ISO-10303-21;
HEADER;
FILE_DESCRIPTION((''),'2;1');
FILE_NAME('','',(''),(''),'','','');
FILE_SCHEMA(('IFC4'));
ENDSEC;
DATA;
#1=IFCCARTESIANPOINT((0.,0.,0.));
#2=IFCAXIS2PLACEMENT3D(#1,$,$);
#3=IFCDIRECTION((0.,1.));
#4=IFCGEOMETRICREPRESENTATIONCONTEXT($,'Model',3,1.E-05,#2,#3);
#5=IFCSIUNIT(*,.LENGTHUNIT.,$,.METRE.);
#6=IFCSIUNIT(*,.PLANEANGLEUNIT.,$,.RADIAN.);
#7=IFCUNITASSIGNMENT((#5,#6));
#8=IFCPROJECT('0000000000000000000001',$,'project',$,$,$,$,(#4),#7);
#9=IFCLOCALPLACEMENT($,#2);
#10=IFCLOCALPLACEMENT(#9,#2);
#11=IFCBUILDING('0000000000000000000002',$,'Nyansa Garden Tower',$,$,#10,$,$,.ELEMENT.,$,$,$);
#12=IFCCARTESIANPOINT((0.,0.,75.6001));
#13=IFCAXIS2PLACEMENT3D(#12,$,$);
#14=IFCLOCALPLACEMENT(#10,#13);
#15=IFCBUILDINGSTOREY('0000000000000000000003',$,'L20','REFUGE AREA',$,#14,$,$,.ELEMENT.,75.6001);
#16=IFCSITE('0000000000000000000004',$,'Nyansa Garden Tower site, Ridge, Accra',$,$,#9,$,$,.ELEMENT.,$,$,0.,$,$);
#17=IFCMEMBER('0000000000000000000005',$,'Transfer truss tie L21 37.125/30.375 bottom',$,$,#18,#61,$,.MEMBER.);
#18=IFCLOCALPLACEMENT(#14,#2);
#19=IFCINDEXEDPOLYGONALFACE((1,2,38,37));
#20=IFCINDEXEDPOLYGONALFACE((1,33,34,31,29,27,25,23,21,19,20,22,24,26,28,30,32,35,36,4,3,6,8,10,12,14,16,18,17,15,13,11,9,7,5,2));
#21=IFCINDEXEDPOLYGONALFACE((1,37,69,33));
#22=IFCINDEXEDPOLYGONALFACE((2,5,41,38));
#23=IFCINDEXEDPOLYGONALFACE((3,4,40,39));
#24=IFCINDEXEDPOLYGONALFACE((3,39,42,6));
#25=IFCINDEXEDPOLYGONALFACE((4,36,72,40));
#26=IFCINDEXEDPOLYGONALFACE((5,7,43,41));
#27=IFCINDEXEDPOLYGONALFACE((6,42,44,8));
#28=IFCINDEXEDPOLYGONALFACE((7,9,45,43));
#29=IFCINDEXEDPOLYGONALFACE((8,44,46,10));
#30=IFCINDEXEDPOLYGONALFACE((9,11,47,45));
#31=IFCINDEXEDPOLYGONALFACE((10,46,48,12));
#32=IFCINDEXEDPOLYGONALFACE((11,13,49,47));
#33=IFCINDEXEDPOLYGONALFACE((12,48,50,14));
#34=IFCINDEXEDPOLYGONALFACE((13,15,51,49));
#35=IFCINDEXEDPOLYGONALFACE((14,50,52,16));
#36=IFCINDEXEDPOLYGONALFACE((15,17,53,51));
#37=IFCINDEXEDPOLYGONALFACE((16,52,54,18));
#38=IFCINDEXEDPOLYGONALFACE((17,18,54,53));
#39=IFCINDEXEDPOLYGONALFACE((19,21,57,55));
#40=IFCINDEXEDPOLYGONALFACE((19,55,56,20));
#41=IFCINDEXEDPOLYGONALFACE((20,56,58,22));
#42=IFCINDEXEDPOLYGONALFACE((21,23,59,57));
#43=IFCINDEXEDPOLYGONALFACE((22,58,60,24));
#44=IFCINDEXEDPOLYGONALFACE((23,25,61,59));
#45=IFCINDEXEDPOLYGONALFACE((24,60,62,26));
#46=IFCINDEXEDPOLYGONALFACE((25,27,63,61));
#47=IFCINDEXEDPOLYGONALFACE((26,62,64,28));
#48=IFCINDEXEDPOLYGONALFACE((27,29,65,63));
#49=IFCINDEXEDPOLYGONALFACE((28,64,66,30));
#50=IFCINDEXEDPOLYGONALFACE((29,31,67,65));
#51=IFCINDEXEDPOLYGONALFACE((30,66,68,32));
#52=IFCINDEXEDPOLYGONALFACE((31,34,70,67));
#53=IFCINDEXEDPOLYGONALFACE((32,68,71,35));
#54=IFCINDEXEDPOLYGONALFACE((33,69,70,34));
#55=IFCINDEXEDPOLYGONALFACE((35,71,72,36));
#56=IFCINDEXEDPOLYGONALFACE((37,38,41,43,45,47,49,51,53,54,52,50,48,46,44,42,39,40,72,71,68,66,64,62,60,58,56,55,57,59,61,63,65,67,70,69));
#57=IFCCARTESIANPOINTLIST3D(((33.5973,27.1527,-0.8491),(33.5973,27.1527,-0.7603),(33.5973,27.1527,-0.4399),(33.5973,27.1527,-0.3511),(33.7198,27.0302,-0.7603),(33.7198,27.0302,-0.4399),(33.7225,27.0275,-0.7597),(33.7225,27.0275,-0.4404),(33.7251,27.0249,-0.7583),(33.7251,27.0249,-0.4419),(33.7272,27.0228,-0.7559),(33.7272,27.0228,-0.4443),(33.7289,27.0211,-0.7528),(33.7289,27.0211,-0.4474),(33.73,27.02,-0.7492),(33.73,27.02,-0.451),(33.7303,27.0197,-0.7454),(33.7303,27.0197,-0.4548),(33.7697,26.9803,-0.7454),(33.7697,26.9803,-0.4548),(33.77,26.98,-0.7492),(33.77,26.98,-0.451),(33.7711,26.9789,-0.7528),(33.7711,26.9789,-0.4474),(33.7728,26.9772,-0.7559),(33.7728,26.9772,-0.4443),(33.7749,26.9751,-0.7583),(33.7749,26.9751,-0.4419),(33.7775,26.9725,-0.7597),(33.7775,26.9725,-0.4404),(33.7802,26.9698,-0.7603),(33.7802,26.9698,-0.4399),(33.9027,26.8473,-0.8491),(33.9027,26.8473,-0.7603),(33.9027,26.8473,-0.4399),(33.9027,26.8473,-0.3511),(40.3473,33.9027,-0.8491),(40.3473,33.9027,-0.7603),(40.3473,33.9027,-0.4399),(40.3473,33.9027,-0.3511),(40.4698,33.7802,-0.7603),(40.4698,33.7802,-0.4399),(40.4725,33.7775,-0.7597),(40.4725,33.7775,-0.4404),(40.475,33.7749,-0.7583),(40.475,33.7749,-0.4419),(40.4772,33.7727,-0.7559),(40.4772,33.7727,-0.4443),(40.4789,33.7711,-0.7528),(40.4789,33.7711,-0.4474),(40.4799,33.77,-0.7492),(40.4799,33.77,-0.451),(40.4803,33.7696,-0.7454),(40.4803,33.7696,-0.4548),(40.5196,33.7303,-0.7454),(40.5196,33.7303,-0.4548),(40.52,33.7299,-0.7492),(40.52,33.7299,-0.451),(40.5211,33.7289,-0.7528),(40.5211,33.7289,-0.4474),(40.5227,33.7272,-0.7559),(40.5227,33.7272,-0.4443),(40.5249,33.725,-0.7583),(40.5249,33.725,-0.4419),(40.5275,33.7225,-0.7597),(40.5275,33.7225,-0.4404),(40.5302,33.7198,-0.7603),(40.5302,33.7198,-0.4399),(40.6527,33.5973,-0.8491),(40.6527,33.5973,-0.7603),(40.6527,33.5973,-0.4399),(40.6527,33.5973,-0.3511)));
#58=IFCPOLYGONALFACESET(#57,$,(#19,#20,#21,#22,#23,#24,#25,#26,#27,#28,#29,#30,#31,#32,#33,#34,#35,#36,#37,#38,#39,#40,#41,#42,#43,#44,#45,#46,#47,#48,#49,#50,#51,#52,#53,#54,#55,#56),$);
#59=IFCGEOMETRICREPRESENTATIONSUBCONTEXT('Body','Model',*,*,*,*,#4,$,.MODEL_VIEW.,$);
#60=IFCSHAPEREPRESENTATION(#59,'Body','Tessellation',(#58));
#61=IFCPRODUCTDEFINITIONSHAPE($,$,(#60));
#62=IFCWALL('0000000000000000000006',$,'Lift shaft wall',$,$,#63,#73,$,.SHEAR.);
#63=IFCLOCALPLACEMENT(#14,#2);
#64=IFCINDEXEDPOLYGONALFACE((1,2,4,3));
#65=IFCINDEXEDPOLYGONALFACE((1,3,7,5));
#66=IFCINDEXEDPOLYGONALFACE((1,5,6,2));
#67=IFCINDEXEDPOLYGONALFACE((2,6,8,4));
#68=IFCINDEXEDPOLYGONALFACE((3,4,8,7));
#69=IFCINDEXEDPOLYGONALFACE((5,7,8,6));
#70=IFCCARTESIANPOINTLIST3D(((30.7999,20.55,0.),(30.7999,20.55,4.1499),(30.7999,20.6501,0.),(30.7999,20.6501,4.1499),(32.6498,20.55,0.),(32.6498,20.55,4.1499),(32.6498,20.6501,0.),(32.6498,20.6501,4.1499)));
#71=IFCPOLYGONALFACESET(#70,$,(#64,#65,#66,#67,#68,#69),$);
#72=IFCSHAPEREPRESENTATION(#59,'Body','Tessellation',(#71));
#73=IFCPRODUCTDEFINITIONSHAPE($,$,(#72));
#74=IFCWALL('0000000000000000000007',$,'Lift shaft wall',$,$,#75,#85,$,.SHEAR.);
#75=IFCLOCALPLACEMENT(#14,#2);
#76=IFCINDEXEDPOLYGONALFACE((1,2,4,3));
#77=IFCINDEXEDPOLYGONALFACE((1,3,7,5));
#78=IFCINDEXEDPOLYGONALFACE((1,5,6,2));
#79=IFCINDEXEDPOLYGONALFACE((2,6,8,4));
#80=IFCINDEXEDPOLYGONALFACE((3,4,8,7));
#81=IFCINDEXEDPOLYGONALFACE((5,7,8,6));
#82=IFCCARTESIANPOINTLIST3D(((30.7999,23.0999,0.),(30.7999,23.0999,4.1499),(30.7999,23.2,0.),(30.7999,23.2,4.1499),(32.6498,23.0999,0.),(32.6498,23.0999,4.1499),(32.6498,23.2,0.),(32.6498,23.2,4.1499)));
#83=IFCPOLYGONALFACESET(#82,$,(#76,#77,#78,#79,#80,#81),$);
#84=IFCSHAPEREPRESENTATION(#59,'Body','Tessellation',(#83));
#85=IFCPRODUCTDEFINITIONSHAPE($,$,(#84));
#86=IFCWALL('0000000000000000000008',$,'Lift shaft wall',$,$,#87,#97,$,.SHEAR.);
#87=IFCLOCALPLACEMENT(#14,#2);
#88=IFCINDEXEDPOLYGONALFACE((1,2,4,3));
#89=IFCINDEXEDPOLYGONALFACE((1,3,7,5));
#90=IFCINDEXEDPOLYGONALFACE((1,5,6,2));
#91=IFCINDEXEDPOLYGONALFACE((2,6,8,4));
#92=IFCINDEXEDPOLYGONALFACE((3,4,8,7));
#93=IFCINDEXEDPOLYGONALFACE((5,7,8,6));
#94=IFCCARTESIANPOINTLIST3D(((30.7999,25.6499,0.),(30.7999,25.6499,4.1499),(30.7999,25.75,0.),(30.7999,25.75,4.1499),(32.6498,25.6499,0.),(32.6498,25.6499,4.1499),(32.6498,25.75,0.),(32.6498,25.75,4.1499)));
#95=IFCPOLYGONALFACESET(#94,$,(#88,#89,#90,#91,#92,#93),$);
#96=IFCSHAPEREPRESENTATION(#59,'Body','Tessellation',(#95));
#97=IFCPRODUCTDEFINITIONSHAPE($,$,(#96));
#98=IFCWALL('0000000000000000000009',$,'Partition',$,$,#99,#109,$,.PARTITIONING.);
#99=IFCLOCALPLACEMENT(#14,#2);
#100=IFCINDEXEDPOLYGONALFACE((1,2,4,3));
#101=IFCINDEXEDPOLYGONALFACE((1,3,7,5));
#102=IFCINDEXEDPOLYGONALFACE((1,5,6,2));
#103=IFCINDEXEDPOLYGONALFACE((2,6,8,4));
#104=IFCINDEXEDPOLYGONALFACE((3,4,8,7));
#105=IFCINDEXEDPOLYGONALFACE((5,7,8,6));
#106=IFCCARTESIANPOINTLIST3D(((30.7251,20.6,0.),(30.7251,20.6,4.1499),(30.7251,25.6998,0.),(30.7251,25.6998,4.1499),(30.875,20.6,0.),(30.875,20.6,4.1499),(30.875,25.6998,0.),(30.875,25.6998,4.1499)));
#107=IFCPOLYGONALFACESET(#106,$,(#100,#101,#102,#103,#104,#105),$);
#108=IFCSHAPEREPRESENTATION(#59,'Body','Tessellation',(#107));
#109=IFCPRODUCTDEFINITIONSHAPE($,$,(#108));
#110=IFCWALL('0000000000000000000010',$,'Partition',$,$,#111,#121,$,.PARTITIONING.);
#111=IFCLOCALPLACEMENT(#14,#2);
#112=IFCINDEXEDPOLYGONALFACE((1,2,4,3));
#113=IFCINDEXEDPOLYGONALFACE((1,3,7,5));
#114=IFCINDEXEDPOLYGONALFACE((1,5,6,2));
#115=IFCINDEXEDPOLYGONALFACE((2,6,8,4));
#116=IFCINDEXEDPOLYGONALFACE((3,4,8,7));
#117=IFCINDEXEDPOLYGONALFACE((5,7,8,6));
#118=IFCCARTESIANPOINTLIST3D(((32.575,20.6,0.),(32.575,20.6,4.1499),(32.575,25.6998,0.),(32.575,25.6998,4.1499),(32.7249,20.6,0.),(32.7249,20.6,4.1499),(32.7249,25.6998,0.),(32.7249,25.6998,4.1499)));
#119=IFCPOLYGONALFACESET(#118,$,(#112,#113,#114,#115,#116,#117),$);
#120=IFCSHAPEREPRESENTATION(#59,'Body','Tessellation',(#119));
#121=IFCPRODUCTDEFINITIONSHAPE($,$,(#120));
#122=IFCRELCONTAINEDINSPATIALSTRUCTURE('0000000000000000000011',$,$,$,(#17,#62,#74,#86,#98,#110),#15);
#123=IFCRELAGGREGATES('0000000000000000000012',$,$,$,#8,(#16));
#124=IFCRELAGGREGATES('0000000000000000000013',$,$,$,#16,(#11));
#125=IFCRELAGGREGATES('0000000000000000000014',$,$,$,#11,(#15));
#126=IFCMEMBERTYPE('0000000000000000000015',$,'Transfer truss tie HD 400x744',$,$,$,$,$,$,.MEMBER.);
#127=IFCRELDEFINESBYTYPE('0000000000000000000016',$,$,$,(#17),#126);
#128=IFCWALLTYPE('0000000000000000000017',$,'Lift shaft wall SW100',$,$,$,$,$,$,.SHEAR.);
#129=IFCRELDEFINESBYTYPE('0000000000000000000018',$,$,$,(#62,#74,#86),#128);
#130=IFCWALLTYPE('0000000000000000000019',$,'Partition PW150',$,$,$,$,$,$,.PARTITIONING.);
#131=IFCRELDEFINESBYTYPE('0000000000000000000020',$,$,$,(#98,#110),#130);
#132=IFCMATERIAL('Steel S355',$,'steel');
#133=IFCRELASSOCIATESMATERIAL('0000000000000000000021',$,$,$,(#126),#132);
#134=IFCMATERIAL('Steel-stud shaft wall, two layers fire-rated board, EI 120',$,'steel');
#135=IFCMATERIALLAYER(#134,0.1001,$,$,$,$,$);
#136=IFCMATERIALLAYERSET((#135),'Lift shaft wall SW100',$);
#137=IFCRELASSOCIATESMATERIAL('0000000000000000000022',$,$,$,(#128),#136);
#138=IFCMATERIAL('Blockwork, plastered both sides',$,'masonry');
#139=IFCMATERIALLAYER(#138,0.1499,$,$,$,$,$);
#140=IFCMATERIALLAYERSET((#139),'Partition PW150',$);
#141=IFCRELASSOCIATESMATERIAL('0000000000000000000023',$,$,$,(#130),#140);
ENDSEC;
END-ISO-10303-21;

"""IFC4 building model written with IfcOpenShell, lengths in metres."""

from ifc_helpers import new_model, si_unit, direction, frame, frame_2d, origin, origin_2d, place, context, subcontext, project, spatial, rectangle, i_section, extrude, material, layer, layer_set, material_profile, profile_set, type_object, element, save


model = new_model("IFC4")

# Units and contexts
model_context = context("Model", 3, precision=1e-05, world=origin(), true_north=direction((0.0, 1.0)))
body_context = subcontext(model_context, "Body", "Model", "MODEL_VIEW")
ifc_project = project(units=[si_unit("LENGTHUNIT", "METRE"), si_unit("PLANEANGLEUNIT", "RADIAN")], contexts=[model_context])

# Site, building, storey
site_placement = place(None, origin())
site = spatial("IfcSite", under=ifc_project, at=site_placement, Name="Nyansa Garden Tower site, Ridge, Accra", CompositionType="ELEMENT", RefElevation=0.0)
building_placement = place(site_placement, origin())
building = spatial("IfcBuilding", under=site, at=building_placement, Name="Nyansa Garden Tower", CompositionType="ELEMENT")
storey_placement = place(building_placement, frame((0.0, 0.0, 75.6001)))
storey = spatial("IfcBuildingStorey", under=building, at=storey_placement, Name="L20", Description="REFUGE AREA", CompositionType="ELEMENT", Elevation=75.6001)

# Member
ifc_material_1 = material(Name="Steel S355", Category="steel")
ifc_material_profile_1 = material_profile(ifc_material_1, i_section(OverallWidth=0.4319, OverallDepth=0.498, WebThickness=0.0557, FlangeThickness=0.0889, FilletRadius=0.0149, at=origin_2d()), Name="HD 400x744")
ifc_profile_set_1 = profile_set([ifc_material_profile_1], Name="Steel S355")
member_type_1 = type_object("IfcMemberType", Name="Transfer truss tie HD 400x744", PredefinedType="MEMBER", material=ifc_profile_set_1)
member_1_placement = place(storey_placement, frame((33.75, 27.0, -0.6001), z_axis=(0.707107, 0.707107, 0.0), x_axis=(-0.707107, 0.707107, 0.0)))
element("IfcMember", 1, at=member_1_placement, inside=storey, type_object=member_type_1, Name="Transfer truss tie L21 37.125/30.375 bottom", PredefinedType="MEMBER", context=body_context, shape_type="SweptSolid", body=[
    extrude(i_section(OverallWidth=0.4319, OverallDepth=0.498, WebThickness=0.0557, FlangeThickness=0.0889, FilletRadius=0.0149, at=origin_2d()), origin(), (0.0, 0.0, 1.0), 9.5459),
])

# Walls
ifc_material_2 = material(Name="Steel-stud shaft wall, two layers fire-rated board, EI 120", Category="steel")
ifc_layer_1 = layer(ifc_material_2, 0.1001)
ifc_layer_set_1 = layer_set([ifc_layer_1], Name="Lift shaft wall SW100")
wall_type_1 = type_object("IfcWallType", Name="Lift shaft wall SW100", PredefinedType="SHEAR", material=ifc_layer_set_1)
for number, where, z_axis, x_axis, name in (
    (2, (30.8, 20.6001, 0.0), (0.0, 0.0, 1.0), (1.0, 0.0, 0.0), "Lift shaft wall"),
    (3, (30.8, 23.1499, 0.0), (0.0, 0.0, 1.0), (1.0, 0.0, 0.0), "Lift shaft wall"),
    (4, (30.8, 25.7, 0.0), (0.0, 0.0, 1.0), (1.0, 0.0, 0.0), "Lift shaft wall"),
):
    element("IfcWall", number, at=place(storey_placement, frame(where, z_axis=z_axis, x_axis=x_axis)), inside=storey, type_object=wall_type_1, Name=name, PredefinedType="SHEAR", context=body_context, shape_type="SweptSolid", body=[
        extrude(rectangle(XDim=1.8499, YDim=0.1001, at=frame_2d((0.9248, 0.0))), origin(), (0.0, 0.0, 1.0), 4.1499),
    ])
ifc_material_3 = material(Name="Blockwork, plastered both sides", Category="masonry")
ifc_layer_2 = layer(ifc_material_3, 0.1499)
ifc_layer_set_2 = layer_set([ifc_layer_2], Name="Partition PW150")
wall_type_2 = type_object("IfcWallType", Name="Partition PW150", PredefinedType="PARTITIONING", material=ifc_layer_set_2)
for number, where, z_axis, x_axis, name in (
    (5, (30.8, 20.6001, 0.0), (0.0, 0.0, 1.0), (0.0, 1.0, 0.0), "Partition"),
    (6, (32.6499, 20.6001, 0.0), (0.0, 0.0, 1.0), (0.0, 1.0, 0.0), "Partition"),
):
    element("IfcWall", number, at=place(storey_placement, frame(where, z_axis=z_axis, x_axis=x_axis)), inside=storey, type_object=wall_type_2, Name=name, PredefinedType="PARTITIONING", context=body_context, shape_type="SweptSolid", body=[
        extrude(rectangle(XDim=5.0999, YDim=0.1499, at=frame_2d((2.5498, 0.0))), origin(), (0.0, 0.0, 1.0), 4.1499),
    ])

save(model, "model.ifc")
